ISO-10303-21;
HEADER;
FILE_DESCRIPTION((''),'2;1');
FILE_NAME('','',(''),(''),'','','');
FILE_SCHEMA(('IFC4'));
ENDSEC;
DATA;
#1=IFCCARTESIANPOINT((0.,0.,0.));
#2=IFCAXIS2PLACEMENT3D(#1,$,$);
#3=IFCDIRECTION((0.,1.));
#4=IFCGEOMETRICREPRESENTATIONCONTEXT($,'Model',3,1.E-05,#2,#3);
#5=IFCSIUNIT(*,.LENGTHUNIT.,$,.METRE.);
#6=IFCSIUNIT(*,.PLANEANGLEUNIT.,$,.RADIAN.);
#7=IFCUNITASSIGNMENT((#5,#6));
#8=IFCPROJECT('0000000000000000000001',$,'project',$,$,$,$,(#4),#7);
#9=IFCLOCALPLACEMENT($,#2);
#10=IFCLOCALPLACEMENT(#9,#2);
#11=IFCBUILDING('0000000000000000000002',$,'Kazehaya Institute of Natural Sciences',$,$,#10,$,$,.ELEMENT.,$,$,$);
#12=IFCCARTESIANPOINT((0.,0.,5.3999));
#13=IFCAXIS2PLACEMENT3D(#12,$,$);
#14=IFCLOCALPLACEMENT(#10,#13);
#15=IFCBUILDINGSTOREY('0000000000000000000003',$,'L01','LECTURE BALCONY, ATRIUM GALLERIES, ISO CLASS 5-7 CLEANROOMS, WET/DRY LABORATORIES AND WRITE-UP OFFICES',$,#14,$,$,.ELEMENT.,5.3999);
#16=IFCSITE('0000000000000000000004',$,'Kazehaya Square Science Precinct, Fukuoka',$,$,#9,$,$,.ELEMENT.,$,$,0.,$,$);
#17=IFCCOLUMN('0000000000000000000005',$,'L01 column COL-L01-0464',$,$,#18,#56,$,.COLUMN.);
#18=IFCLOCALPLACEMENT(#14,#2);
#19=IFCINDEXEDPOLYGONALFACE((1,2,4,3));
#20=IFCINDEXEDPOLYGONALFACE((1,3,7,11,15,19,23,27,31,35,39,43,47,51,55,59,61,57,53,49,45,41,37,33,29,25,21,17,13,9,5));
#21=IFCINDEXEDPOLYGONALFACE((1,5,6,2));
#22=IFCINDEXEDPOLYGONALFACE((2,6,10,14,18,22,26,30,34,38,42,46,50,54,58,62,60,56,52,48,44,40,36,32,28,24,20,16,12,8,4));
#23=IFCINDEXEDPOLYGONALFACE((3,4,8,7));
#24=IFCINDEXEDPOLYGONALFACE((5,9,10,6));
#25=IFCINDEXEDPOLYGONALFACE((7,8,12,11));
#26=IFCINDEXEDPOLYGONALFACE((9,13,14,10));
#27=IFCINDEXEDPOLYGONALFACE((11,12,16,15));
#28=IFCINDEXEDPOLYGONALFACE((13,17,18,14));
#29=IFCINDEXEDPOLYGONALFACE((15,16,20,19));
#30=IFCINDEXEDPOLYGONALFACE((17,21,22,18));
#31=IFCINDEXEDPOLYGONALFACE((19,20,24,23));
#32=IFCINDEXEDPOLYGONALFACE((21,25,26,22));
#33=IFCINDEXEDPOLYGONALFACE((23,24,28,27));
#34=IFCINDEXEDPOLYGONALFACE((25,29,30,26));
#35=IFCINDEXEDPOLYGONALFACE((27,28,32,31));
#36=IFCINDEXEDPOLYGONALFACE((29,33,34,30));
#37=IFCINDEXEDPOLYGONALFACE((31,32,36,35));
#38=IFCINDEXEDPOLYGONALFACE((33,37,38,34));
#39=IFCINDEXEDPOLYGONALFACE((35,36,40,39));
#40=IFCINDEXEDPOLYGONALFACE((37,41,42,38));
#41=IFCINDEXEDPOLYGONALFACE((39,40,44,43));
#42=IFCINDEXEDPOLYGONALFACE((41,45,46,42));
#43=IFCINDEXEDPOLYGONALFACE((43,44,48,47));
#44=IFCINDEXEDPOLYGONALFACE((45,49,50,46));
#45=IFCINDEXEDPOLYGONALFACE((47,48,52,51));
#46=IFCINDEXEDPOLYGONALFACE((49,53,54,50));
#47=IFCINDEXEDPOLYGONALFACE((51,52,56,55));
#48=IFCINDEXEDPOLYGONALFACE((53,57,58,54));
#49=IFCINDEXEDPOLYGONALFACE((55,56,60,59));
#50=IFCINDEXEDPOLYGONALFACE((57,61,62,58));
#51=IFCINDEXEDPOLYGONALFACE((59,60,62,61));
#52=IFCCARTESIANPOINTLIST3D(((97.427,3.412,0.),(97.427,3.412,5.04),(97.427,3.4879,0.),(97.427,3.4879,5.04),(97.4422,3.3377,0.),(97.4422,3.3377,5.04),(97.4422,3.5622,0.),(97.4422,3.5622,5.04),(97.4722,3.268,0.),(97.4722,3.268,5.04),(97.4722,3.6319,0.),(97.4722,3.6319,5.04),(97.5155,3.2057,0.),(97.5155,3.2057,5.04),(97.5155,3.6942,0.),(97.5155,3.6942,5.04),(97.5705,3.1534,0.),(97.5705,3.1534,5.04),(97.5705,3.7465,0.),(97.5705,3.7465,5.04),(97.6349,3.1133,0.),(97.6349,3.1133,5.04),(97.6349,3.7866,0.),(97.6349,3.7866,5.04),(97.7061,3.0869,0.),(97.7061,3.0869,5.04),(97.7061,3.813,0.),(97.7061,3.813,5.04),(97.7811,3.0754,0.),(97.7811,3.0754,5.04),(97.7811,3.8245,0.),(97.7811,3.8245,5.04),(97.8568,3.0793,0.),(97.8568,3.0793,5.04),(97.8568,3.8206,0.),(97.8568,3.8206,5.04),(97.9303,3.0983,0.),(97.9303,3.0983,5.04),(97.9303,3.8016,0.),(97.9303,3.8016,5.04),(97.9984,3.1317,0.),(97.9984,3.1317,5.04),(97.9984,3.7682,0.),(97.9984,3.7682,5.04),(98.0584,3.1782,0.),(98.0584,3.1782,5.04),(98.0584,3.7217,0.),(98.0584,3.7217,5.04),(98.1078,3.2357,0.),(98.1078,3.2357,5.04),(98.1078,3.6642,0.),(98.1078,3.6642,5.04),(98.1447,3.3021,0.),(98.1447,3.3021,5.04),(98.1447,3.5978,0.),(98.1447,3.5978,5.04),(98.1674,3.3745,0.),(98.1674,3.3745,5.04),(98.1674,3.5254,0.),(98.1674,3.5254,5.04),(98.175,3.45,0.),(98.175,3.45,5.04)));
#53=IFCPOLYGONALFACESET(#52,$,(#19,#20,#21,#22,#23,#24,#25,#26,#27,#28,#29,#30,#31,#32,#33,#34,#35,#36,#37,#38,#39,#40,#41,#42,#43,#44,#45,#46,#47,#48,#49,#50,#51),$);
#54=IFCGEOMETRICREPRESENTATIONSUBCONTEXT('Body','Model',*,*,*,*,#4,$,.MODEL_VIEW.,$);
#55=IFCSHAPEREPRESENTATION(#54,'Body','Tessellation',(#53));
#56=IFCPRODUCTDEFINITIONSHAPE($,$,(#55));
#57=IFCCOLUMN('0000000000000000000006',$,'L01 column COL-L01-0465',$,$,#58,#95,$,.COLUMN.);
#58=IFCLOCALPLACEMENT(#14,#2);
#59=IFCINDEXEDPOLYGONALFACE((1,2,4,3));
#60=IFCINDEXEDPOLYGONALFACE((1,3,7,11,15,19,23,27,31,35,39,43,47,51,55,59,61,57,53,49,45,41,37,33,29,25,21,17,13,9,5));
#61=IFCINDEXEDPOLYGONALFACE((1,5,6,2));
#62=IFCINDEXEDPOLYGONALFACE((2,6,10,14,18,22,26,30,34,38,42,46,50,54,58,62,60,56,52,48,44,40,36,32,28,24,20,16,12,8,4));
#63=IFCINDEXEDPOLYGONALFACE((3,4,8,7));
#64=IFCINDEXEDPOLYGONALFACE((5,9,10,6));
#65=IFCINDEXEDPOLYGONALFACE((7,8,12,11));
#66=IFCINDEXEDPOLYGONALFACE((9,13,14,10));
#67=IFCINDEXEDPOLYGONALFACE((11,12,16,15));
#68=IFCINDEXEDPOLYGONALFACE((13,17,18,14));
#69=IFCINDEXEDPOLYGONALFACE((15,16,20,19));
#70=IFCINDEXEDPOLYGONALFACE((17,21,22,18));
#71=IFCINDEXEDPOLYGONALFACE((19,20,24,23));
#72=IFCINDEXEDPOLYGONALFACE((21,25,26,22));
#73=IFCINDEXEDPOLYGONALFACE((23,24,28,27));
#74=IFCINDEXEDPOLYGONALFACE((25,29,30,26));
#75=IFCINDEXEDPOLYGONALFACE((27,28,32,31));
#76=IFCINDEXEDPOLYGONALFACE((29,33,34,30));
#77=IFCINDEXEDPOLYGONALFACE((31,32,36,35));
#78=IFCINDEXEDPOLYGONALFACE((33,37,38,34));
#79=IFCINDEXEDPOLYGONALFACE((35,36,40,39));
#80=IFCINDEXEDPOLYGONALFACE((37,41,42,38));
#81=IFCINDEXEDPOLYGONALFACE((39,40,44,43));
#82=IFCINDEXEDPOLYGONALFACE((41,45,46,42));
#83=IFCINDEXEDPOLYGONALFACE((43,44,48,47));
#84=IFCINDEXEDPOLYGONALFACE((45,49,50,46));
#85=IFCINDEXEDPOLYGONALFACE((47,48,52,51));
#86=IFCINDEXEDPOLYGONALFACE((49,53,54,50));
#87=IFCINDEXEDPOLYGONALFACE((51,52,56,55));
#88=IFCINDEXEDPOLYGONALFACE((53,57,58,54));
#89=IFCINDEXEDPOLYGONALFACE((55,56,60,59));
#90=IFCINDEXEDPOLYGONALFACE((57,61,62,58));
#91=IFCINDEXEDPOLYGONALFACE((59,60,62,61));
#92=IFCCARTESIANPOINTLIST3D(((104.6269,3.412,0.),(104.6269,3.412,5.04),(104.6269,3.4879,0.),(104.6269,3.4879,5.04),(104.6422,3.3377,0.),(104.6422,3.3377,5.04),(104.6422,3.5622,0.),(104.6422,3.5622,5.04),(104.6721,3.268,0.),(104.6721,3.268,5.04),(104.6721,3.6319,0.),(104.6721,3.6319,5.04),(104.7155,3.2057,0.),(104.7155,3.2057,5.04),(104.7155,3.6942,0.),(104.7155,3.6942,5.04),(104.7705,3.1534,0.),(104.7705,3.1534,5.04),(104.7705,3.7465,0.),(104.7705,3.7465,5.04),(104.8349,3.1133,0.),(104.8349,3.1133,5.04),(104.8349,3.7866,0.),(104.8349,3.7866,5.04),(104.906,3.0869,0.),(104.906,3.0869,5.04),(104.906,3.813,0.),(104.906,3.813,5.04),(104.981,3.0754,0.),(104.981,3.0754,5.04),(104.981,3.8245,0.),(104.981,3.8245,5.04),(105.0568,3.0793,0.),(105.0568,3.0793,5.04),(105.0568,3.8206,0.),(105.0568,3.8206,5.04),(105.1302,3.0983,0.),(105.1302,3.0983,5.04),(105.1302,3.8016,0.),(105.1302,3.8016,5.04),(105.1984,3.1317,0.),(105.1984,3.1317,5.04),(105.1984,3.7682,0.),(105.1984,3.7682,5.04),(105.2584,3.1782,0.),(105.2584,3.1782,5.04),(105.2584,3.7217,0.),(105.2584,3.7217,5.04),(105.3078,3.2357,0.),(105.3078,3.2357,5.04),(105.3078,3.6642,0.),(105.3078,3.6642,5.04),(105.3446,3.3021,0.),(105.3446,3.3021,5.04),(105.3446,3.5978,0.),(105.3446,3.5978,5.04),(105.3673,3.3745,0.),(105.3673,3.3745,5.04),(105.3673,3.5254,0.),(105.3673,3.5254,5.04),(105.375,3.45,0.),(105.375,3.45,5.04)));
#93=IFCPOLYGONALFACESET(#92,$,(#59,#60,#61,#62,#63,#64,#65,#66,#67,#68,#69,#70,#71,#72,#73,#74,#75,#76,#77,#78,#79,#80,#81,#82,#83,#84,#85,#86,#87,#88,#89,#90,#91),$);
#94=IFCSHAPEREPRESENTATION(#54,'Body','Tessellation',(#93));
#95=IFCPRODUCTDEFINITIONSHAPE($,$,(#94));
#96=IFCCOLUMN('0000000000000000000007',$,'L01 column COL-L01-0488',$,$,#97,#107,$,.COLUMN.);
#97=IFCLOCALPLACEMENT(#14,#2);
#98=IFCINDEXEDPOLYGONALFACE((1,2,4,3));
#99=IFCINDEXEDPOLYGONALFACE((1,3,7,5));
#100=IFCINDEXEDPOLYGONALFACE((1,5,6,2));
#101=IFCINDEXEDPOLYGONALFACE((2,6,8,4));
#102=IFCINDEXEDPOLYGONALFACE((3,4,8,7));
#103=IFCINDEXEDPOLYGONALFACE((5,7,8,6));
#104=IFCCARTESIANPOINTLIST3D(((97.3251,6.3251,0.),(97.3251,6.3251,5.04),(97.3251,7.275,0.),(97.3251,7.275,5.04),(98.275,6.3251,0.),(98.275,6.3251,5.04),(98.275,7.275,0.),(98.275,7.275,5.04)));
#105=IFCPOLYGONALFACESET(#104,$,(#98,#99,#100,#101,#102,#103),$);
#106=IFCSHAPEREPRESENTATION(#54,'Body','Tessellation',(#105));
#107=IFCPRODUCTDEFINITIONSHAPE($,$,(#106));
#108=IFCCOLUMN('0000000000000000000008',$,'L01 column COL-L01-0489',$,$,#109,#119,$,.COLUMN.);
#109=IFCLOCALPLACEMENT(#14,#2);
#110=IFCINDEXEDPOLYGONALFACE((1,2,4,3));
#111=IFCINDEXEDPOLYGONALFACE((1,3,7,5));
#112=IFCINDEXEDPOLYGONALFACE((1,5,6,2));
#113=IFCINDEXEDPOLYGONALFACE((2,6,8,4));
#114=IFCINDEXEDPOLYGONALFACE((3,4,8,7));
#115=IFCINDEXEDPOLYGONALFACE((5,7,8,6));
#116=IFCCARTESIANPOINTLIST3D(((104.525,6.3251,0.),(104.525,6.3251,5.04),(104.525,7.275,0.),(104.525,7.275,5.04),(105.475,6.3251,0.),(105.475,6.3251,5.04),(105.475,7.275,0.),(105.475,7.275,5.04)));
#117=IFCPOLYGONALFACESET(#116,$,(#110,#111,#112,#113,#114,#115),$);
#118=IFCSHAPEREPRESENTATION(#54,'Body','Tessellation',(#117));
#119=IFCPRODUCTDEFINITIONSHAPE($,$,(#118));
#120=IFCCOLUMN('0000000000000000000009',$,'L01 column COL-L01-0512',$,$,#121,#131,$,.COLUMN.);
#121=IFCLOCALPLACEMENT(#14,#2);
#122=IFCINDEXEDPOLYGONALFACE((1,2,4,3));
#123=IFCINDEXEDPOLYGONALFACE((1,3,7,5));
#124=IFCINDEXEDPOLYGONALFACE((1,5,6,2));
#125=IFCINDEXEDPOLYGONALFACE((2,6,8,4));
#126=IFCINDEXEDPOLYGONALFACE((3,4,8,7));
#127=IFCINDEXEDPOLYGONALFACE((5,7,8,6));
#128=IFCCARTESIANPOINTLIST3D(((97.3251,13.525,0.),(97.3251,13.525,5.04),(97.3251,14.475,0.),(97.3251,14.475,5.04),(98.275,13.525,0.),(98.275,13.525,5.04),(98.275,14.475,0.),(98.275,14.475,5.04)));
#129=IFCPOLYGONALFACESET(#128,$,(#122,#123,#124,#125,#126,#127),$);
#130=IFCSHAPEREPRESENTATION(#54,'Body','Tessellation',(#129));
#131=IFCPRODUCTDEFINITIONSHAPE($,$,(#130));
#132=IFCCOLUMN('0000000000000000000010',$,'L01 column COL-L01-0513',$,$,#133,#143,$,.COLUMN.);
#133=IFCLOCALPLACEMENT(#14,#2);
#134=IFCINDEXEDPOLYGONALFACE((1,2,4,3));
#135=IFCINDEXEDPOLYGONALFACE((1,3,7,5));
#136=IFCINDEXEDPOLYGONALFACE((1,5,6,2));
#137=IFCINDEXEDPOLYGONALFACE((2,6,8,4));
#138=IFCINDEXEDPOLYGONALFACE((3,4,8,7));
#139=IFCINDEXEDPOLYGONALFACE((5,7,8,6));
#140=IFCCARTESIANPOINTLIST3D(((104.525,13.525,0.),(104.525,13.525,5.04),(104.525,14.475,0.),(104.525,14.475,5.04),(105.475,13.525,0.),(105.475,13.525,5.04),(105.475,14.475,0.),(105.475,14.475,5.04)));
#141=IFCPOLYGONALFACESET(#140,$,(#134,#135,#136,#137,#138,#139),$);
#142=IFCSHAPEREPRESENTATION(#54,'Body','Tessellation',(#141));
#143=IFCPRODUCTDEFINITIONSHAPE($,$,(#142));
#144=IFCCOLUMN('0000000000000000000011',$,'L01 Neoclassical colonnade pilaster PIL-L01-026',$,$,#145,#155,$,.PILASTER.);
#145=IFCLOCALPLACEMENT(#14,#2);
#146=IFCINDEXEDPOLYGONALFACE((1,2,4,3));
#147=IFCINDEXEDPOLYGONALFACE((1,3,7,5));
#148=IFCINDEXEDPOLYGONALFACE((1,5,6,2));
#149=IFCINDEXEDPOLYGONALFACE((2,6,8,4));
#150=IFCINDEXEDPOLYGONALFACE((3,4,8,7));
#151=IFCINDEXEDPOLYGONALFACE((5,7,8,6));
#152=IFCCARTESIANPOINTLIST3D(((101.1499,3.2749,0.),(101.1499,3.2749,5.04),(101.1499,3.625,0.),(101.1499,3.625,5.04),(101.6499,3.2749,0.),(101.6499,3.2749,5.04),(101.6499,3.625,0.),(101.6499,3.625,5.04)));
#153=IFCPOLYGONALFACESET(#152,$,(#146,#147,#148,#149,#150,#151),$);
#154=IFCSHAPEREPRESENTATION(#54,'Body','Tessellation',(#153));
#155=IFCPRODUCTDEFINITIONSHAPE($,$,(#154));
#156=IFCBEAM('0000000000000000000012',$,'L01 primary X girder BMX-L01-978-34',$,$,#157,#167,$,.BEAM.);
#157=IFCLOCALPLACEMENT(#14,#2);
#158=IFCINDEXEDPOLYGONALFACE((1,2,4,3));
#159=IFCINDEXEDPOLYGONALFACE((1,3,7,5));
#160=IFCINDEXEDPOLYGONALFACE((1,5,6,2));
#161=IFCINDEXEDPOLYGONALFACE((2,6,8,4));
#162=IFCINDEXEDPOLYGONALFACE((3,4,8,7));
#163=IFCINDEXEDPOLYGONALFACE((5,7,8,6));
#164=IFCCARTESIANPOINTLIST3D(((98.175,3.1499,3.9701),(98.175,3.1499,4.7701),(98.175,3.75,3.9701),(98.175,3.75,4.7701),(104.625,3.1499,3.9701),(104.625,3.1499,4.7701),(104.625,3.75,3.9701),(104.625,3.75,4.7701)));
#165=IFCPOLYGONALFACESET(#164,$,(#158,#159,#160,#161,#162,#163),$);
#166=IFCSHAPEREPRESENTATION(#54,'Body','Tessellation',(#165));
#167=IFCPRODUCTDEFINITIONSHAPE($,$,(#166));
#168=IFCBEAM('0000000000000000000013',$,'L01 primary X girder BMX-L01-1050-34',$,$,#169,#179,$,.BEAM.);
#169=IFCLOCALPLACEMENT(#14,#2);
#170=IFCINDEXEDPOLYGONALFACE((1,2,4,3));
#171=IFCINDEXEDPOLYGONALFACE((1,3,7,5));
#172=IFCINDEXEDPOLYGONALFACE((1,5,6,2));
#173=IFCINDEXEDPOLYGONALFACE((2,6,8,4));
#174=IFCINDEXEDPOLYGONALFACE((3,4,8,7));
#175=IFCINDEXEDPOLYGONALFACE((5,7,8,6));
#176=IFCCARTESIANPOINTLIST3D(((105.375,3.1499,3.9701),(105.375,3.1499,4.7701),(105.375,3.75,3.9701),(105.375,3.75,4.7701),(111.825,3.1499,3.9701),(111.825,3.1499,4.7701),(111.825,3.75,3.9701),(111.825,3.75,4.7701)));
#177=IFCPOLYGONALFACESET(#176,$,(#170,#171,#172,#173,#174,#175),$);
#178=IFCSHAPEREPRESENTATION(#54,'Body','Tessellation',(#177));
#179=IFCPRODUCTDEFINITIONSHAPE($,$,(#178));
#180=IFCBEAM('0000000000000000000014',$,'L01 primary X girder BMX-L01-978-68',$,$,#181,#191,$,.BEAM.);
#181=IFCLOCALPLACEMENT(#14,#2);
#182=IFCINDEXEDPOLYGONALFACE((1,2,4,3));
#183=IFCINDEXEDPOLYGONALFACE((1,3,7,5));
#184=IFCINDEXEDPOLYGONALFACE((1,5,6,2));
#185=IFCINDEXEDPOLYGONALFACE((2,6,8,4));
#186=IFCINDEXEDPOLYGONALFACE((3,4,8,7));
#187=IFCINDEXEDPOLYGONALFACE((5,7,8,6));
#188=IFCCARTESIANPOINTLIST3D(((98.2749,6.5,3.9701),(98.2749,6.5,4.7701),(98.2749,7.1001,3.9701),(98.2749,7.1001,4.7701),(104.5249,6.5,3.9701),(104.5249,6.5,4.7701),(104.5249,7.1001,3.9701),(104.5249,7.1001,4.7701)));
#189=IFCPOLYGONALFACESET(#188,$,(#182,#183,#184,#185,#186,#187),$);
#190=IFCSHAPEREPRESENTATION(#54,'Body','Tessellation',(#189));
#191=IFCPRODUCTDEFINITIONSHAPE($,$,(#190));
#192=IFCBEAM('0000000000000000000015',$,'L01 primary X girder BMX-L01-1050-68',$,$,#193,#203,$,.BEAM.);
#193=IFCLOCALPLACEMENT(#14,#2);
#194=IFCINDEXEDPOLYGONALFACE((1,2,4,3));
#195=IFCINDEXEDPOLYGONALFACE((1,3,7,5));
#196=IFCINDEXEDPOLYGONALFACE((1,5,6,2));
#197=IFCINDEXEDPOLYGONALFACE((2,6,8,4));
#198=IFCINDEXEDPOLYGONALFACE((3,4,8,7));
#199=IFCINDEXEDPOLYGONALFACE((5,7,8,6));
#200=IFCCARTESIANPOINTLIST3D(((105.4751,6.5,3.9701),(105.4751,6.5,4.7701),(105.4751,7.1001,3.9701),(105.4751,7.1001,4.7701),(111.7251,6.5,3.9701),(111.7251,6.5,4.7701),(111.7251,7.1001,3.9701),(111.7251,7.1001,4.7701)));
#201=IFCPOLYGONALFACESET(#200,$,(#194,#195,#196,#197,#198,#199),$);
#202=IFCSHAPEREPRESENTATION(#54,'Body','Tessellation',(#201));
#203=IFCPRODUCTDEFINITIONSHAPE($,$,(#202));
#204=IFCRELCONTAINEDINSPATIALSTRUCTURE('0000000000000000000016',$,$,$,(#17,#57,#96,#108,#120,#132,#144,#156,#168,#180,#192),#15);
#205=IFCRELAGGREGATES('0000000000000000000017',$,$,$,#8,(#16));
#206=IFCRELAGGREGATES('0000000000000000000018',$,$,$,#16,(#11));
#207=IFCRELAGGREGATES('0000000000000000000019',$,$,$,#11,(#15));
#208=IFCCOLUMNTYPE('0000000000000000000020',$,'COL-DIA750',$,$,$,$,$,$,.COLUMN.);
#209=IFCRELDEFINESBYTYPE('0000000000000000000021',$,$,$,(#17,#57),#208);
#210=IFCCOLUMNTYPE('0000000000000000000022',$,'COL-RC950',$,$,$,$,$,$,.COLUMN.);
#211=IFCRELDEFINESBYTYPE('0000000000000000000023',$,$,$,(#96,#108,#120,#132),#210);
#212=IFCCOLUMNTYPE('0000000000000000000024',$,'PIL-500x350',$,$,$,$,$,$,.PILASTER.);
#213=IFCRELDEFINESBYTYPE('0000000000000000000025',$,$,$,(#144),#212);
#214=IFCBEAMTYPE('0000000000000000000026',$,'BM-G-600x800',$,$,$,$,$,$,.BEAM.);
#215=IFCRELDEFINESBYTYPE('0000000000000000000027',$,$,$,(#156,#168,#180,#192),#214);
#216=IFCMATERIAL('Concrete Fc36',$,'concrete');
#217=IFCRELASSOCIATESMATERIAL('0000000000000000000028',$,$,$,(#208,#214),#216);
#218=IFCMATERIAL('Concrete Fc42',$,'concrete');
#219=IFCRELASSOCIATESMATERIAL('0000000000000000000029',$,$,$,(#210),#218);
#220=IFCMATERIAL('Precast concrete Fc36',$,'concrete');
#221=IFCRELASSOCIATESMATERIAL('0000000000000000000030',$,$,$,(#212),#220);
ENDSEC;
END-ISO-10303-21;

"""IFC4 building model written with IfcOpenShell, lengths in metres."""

from ifc_helpers import new_model, si_unit, direction, frame, origin, origin_2d, place, context, subcontext, project, spatial, rectangle, circle, extrude, material, material_profile, profile_set, type_object, element, save


model = new_model("IFC4")

# Units and contexts
model_context = context("Model", 3, precision=1e-05, world=origin(), true_north=direction((0.0, 1.0)))
body_context = subcontext(model_context, "Body", "Model", "MODEL_VIEW")
ifc_project = project(units=[si_unit("LENGTHUNIT", "METRE"), si_unit("PLANEANGLEUNIT", "RADIAN")], contexts=[model_context])

# Site, building, storey
site_placement = place(None, origin())
site = spatial("IfcSite", under=ifc_project, at=site_placement, Name="Kazehaya Square Science Precinct, Fukuoka", CompositionType="ELEMENT", RefElevation=0.0)
building_placement = place(site_placement, origin())
building = spatial("IfcBuilding", under=site, at=building_placement, Name="Kazehaya Institute of Natural Sciences", CompositionType="ELEMENT")
storey_placement = place(building_placement, frame((0.0, 0.0, 5.3999)))
storey = spatial("IfcBuildingStorey", under=building, at=storey_placement, Name="L01", Description="LECTURE BALCONY, ATRIUM GALLERIES, ISO CLASS 5-7 CLEANROOMS, WET/DRY LABORATORIES AND WRITE-UP OFFICES", CompositionType="ELEMENT", Elevation=5.3999)

# Columns
ifc_material_1 = material(Name="Concrete Fc36", Category="concrete")
ifc_material_profile_1 = material_profile(ifc_material_1, circle(Radius=0.375, at=origin_2d()), Name="RC-DIA750")
ifc_profile_set_1 = profile_set([ifc_material_profile_1], Name="Concrete Fc36")
column_type_1 = type_object("IfcColumnType", Name="COL-DIA750", PredefinedType="COLUMN", material=ifc_profile_set_1)
for number, where, z_axis, x_axis, name in (
    (1, (97.8, 3.45, 0.0), (0.0, 0.0, 1.0), (1.0, 0.0, 0.0), "L01 column COL-L01-0464"),
    (2, (105.0, 3.45, 0.0), (0.0, 0.0, 1.0), (1.0, 0.0, 0.0), "L01 column COL-L01-0465"),
):
    element("IfcColumn", number, at=place(storey_placement, frame(where, z_axis=z_axis, x_axis=x_axis)), inside=storey, type_object=column_type_1, Name=name, PredefinedType="COLUMN", context=body_context, shape_type="SweptSolid", body=[
        extrude(circle(Radius=0.375, at=origin_2d()), origin(), (0.0, 0.0, 1.0), 5.04),
    ])
ifc_material_2 = material(Name="Concrete Fc42", Category="concrete")
ifc_material_profile_2 = material_profile(ifc_material_2, rectangle(XDim=0.95, YDim=0.95, at=origin_2d()), Name="RC-950x950")
ifc_profile_set_2 = profile_set([ifc_material_profile_2], Name="Concrete Fc42")
column_type_2 = type_object("IfcColumnType", Name="COL-RC950", PredefinedType="COLUMN", material=ifc_profile_set_2)
for number, where, z_axis, x_axis, name in (
    (3, (97.8, 6.8, 0.0), (0.0, 0.0, 1.0), (1.0, 0.0, 0.0), "L01 column COL-L01-0488"),
    (4, (105.0, 6.8, 0.0), (0.0, 0.0, 1.0), (1.0, 0.0, 0.0), "L01 column COL-L01-0489"),
    (5, (97.8, 14.0, 0.0), (0.0, 0.0, 1.0), (1.0, 0.0, 0.0), "L01 column COL-L01-0512"),
    (6, (105.0, 14.0, 0.0), (0.0, 0.0, 1.0), (1.0, 0.0, 0.0), "L01 column COL-L01-0513"),
):
    element("IfcColumn", number, at=place(storey_placement, frame(where, z_axis=z_axis, x_axis=x_axis)), inside=storey, type_object=column_type_2, Name=name, PredefinedType="COLUMN", context=body_context, shape_type="SweptSolid", body=[
        extrude(rectangle(XDim=0.95, YDim=0.95, at=origin_2d()), origin(), (0.0, 0.0, 1.0), 5.04),
    ])
ifc_material_3 = material(Name="Precast concrete Fc36", Category="concrete")
ifc_material_profile_3 = material_profile(ifc_material_3, rectangle(XDim=0.5, YDim=0.3501, at=origin_2d()), Name="RC-PIL-500x350")
ifc_profile_set_3 = profile_set([ifc_material_profile_3], Name="Precast concrete Fc36")
column_type_3 = type_object("IfcColumnType", Name="PIL-500x350", PredefinedType="PILASTER", material=ifc_profile_set_3)
column_placement = place(storey_placement, frame((101.3999, 3.45, 0.0), z_axis=(0.0, 0.0, 1.0), x_axis=(1.0, 0.0, 0.0)))
element("IfcColumn", 7, at=column_placement, inside=storey, type_object=column_type_3, Name="L01 Neoclassical colonnade pilaster PIL-L01-026", PredefinedType="PILASTER", context=body_context, shape_type="SweptSolid", body=[
    extrude(rectangle(XDim=0.5, YDim=0.3501, at=origin_2d()), origin(), (0.0, 0.0, 1.0), 5.04),
])

# Beams
ifc_material_profile_4 = material_profile(ifc_material_1, rectangle(XDim=0.6001, YDim=0.8, at=origin_2d()), Name="RC-600x800")
ifc_profile_set_4 = profile_set([ifc_material_profile_4], Name="Concrete Fc36")
beam_type = type_object("IfcBeamType", Name="BM-G-600x800", PredefinedType="BEAM", material=ifc_profile_set_4)
for number, where, z_axis, x_axis, name in (
    (8, (98.175, 3.45, 4.3701), (1.0, 0.0, 0.0), (0.0, 1.0, 0.0), "L01 primary X girder BMX-L01-978-34"),
    (9, (105.375, 3.45, 4.3701), (1.0, 0.0, 0.0), (0.0, 1.0, 0.0), "L01 primary X girder BMX-L01-1050-34"),
):
    element("IfcBeam", number, at=place(storey_placement, frame(where, z_axis=z_axis, x_axis=x_axis)), inside=storey, type_object=beam_type, Name=name, PredefinedType="BEAM", context=body_context, shape_type="SweptSolid", body=[
        extrude(rectangle(XDim=0.6001, YDim=0.8, at=origin_2d()), origin(), (0.0, 0.0, 1.0), 6.45),
    ])
for number, where, z_axis, x_axis, name in (
    (10, (98.2749, 6.8, 4.3701), (1.0, 0.0, 0.0), (0.0, 1.0, 0.0), "L01 primary X girder BMX-L01-978-68"),
    (11, (105.4751, 6.8, 4.3701), (1.0, 0.0, 0.0), (0.0, 1.0, 0.0), "L01 primary X girder BMX-L01-1050-68"),
):
    element("IfcBeam", number, at=place(storey_placement, frame(where, z_axis=z_axis, x_axis=x_axis)), inside=storey, type_object=beam_type, Name=name, PredefinedType="BEAM", context=body_context, shape_type="SweptSolid", body=[
        extrude(rectangle(XDim=0.6001, YDim=0.8, at=origin_2d()), origin(), (0.0, 0.0, 1.0), 6.25),
    ])

save(model, "model.ifc")
